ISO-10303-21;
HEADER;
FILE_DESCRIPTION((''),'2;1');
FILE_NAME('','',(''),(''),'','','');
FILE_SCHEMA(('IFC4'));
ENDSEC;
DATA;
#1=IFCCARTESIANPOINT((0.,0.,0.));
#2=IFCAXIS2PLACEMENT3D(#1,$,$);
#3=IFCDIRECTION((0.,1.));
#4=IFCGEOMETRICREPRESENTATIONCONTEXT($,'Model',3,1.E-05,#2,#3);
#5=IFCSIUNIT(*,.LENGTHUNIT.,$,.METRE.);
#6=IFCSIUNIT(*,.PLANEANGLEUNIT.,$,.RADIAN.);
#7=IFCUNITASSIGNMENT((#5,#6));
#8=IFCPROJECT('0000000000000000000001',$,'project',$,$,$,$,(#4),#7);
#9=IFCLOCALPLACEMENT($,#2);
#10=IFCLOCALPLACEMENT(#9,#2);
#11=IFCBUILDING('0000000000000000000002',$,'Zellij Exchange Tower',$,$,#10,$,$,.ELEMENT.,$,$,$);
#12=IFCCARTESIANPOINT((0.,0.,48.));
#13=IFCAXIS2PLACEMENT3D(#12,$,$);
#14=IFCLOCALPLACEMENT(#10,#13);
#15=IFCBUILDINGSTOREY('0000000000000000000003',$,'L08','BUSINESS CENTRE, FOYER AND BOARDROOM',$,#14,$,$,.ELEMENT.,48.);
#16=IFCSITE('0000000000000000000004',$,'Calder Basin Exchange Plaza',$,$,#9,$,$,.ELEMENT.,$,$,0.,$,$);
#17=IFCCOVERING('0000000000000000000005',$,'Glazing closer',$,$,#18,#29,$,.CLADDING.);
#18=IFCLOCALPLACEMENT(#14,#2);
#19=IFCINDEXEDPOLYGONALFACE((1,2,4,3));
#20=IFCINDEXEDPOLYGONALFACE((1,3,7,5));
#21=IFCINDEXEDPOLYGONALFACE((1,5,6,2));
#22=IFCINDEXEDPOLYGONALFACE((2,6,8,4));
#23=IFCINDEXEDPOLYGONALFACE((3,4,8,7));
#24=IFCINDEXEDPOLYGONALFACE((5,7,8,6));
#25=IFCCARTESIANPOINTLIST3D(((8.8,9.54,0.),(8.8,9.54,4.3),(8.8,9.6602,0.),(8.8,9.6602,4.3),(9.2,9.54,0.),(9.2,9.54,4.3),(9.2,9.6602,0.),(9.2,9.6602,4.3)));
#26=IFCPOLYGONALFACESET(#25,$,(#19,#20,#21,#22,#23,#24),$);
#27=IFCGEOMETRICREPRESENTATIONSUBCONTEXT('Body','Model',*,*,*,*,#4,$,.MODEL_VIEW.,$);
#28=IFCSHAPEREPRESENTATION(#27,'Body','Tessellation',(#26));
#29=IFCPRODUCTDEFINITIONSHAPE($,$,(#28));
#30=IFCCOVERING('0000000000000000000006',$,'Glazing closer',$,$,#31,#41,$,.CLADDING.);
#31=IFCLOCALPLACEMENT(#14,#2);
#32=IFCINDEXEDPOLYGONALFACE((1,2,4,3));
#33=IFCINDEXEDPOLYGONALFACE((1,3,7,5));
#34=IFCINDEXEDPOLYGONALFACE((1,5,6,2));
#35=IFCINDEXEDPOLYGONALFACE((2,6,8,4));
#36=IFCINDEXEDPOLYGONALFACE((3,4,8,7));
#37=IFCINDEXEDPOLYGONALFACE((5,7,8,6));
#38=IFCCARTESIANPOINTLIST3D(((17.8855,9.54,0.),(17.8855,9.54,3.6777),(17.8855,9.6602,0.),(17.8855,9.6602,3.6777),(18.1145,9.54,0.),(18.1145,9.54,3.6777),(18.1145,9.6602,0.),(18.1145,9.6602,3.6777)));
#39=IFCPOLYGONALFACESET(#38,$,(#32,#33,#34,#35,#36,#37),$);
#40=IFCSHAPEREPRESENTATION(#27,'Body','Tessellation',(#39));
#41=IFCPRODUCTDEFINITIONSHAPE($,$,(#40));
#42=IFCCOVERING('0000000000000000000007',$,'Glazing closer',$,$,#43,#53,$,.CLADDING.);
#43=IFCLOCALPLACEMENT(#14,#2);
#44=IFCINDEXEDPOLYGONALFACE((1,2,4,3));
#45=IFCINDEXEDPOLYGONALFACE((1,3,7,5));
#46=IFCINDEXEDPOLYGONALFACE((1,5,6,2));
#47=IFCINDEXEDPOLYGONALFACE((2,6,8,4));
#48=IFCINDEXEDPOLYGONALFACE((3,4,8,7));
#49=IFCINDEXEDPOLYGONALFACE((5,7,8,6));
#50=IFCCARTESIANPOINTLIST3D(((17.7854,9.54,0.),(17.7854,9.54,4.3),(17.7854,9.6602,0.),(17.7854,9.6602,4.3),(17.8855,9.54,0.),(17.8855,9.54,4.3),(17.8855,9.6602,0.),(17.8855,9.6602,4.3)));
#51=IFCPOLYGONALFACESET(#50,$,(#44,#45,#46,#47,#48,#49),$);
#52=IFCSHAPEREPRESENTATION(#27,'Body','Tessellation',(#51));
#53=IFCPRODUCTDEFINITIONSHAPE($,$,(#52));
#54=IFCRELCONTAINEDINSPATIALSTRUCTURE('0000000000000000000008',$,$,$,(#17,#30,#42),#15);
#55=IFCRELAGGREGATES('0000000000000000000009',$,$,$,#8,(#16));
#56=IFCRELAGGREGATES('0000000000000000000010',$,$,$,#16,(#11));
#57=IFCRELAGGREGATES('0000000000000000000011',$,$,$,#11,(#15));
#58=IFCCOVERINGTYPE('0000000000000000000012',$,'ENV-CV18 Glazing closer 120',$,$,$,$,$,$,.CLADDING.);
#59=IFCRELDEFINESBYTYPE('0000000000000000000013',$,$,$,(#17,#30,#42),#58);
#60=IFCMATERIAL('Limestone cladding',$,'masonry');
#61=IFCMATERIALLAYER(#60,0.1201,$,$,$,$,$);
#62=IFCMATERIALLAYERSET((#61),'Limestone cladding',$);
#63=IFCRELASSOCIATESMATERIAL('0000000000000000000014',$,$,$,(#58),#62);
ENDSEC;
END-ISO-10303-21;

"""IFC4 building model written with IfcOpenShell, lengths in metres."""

from ifc_helpers import new_model, si_unit, direction, frame, origin, origin_2d, place, context, subcontext, project, spatial, rectangle, extrude, material, layer, layer_set, type_object, element, save


model = new_model("IFC4")

# Units and contexts
model_context = context("Model", 3, precision=1e-05, world=origin(), true_north=direction((0.0, 1.0)))
body_context = subcontext(model_context, "Body", "Model", "MODEL_VIEW")
ifc_project = project(units=[si_unit("LENGTHUNIT", "METRE"), si_unit("PLANEANGLEUNIT", "RADIAN")], contexts=[model_context])

# Site, building, storey
site_placement = place(None, origin())
site = spatial("IfcSite", under=ifc_project, at=site_placement, Name="Calder Basin Exchange Plaza", CompositionType="ELEMENT", RefElevation=0.0)
building_placement = place(site_placement, origin())
building = spatial("IfcBuilding", under=site, at=building_placement, Name="Zellij Exchange Tower", CompositionType="ELEMENT")
storey_placement = place(building_placement, frame((0.0, 0.0, 48.0)))
storey = spatial("IfcBuildingStorey", under=building, at=storey_placement, Name="L08", Description="BUSINESS CENTRE, FOYER AND BOARDROOM", CompositionType="ELEMENT", Elevation=48.0)

# Coverings
ifc_material_1 = material(Name="Limestone cladding", Category="masonry")
ifc_layer_1 = layer(ifc_material_1, 0.1201)
ifc_layer_set_1 = layer_set([ifc_layer_1], Name="Limestone cladding")
covering_type = type_object("IfcCoveringType", Name="ENV-CV18 Glazing closer 120", PredefinedType="CLADDING", material=ifc_layer_set_1)
covering_1_placement = place(storey_placement, frame((9.0, 9.6001, 0.0), z_axis=(0.0, 0.0, 1.0), x_axis=(-1.0, 0.0, 0.0)))
element("IfcCovering", 1, at=covering_1_placement, inside=storey, type_object=covering_type, Name="Glazing closer", PredefinedType="CLADDING", context=body_context, shape_type="SweptSolid", body=[
    extrude(rectangle(XDim=0.3999, YDim=0.1201, at=origin_2d()), origin(), (0.0, 0.0, 1.0), 4.3),
])
covering_2_placement = place(storey_placement, frame((18.0, 9.6001, 0.0), z_axis=(0.0, 0.0, 1.0), x_axis=(-1.0, 0.0, 0.0)))
element("IfcCovering", 2, at=covering_2_placement, inside=storey, type_object=covering_type, Name="Glazing closer", PredefinedType="CLADDING", context=body_context, shape_type="SweptSolid", body=[
    extrude(rectangle(XDim=0.229, YDim=0.1201, at=origin_2d()), origin(), (0.0, 0.0, 1.0), 3.6777),
])
covering_3_placement = place(storey_placement, frame((17.8354, 9.6001, 0.0), z_axis=(0.0, 0.0, 1.0), x_axis=(-1.0, 0.0, 0.0)))
element("IfcCovering", 3, at=covering_3_placement, inside=storey, type_object=covering_type, Name="Glazing closer", PredefinedType="CLADDING", context=body_context, shape_type="SweptSolid", body=[
    extrude(rectangle(XDim=0.1001, YDim=0.1201, at=origin_2d()), origin(), (0.0, 0.0, 1.0), 4.3),
])

save(model, "model.ifc")
